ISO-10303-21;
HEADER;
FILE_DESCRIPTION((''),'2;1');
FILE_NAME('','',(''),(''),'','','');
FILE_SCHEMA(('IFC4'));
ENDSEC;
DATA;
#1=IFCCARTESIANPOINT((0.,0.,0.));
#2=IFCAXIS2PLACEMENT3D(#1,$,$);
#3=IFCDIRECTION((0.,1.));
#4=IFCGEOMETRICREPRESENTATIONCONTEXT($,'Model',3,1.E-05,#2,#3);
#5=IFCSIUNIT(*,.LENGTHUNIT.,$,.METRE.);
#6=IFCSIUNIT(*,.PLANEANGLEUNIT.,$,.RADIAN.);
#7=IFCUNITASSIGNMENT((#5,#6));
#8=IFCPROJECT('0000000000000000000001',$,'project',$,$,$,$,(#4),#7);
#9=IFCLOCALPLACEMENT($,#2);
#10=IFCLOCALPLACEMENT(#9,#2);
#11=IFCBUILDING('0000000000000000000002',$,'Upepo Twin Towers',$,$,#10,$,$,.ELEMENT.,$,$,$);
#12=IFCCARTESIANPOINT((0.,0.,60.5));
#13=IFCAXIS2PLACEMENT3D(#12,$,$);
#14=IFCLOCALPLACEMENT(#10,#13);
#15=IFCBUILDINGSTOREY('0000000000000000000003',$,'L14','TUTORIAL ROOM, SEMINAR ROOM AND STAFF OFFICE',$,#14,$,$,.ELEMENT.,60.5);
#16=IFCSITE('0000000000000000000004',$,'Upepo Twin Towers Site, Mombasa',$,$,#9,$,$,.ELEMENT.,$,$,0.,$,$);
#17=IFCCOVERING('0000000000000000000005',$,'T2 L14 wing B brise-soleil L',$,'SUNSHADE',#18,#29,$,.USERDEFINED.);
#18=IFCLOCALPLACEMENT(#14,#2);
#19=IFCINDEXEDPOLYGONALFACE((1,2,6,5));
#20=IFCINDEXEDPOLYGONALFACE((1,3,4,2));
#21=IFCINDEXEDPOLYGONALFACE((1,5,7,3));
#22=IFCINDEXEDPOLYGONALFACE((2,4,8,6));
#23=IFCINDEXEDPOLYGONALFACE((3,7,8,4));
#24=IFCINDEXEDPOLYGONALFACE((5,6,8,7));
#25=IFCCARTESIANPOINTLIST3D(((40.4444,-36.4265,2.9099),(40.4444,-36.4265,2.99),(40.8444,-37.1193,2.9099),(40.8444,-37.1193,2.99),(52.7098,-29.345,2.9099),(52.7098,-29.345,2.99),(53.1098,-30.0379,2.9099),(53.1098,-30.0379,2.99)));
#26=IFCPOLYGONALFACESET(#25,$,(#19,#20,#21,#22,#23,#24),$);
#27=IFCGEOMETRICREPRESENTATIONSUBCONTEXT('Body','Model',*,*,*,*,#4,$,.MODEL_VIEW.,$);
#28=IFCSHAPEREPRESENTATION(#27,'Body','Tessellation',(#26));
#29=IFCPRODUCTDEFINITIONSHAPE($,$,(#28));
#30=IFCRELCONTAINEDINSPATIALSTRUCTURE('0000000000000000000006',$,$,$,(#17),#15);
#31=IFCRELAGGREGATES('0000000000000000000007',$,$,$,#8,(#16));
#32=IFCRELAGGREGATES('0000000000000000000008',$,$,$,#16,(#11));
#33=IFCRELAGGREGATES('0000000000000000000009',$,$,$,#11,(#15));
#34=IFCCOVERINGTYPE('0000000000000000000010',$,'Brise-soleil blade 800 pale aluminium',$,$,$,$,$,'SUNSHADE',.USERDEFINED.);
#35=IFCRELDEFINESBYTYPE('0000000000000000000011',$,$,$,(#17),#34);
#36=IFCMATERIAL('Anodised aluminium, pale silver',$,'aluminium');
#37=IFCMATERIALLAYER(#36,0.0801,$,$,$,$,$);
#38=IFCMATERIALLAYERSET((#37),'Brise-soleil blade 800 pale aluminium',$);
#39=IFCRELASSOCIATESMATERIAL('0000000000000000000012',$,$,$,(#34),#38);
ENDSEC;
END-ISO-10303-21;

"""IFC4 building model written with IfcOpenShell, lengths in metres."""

from ifc_helpers import new_model, si_unit, direction, frame, origin, origin_2d, place, context, subcontext, project, spatial, rectangle, extrude, material, layer, layer_set, type_object, element, save


model = new_model("IFC4")

# Units and contexts
model_context = context("Model", 3, precision=1e-05, world=origin(), true_north=direction((0.0, 1.0)))
body_context = subcontext(model_context, "Body", "Model", "MODEL_VIEW")
ifc_project = project(units=[si_unit("LENGTHUNIT", "METRE"), si_unit("PLANEANGLEUNIT", "RADIAN")], contexts=[model_context])

# Site, building, storey
site_placement = place(None, origin())
site = spatial("IfcSite", under=ifc_project, at=site_placement, Name="Upepo Twin Towers Site, Mombasa", CompositionType="ELEMENT", RefElevation=0.0)
building_placement = place(site_placement, origin())
building = spatial("IfcBuilding", under=site, at=building_placement, Name="Upepo Twin Towers", CompositionType="ELEMENT")
storey_placement = place(building_placement, frame((0.0, 0.0, 60.5)))
storey = spatial("IfcBuildingStorey", under=building, at=storey_placement, Name="L14", Description="TUTORIAL ROOM, SEMINAR ROOM AND STAFF OFFICE", CompositionType="ELEMENT", Elevation=60.5)

# Covering
ifc_material_1 = material(Name="Anodised aluminium, pale silver", Category="aluminium")
ifc_layer_1 = layer(ifc_material_1, 0.0801)
ifc_layer_set_1 = layer_set([ifc_layer_1], Name="Brise-soleil blade 800 pale aluminium")
covering_type = type_object("IfcCoveringType", Name="Brise-soleil blade 800 pale aluminium", ElementType="SUNSHADE", PredefinedType="USERDEFINED", material=ifc_layer_set_1)
covering_placement = place(storey_placement, frame((46.7771, -33.2322, 2.9099), z_axis=(0.0, 0.0, 1.0), x_axis=(-0.866025, -0.5, 0.0)))
element("IfcCovering", 1, at=covering_placement, inside=storey, type_object=covering_type, Name="T2 L14 wing B brise-soleil L", ObjectType="SUNSHADE", PredefinedType="USERDEFINED", context=body_context, shape_type="SweptSolid", body=[
    extrude(rectangle(XDim=14.1628, YDim=0.8, at=origin_2d()), origin(), (0.0, 0.0, 1.0), 0.0801),
])

save(model, "model.ifc")
